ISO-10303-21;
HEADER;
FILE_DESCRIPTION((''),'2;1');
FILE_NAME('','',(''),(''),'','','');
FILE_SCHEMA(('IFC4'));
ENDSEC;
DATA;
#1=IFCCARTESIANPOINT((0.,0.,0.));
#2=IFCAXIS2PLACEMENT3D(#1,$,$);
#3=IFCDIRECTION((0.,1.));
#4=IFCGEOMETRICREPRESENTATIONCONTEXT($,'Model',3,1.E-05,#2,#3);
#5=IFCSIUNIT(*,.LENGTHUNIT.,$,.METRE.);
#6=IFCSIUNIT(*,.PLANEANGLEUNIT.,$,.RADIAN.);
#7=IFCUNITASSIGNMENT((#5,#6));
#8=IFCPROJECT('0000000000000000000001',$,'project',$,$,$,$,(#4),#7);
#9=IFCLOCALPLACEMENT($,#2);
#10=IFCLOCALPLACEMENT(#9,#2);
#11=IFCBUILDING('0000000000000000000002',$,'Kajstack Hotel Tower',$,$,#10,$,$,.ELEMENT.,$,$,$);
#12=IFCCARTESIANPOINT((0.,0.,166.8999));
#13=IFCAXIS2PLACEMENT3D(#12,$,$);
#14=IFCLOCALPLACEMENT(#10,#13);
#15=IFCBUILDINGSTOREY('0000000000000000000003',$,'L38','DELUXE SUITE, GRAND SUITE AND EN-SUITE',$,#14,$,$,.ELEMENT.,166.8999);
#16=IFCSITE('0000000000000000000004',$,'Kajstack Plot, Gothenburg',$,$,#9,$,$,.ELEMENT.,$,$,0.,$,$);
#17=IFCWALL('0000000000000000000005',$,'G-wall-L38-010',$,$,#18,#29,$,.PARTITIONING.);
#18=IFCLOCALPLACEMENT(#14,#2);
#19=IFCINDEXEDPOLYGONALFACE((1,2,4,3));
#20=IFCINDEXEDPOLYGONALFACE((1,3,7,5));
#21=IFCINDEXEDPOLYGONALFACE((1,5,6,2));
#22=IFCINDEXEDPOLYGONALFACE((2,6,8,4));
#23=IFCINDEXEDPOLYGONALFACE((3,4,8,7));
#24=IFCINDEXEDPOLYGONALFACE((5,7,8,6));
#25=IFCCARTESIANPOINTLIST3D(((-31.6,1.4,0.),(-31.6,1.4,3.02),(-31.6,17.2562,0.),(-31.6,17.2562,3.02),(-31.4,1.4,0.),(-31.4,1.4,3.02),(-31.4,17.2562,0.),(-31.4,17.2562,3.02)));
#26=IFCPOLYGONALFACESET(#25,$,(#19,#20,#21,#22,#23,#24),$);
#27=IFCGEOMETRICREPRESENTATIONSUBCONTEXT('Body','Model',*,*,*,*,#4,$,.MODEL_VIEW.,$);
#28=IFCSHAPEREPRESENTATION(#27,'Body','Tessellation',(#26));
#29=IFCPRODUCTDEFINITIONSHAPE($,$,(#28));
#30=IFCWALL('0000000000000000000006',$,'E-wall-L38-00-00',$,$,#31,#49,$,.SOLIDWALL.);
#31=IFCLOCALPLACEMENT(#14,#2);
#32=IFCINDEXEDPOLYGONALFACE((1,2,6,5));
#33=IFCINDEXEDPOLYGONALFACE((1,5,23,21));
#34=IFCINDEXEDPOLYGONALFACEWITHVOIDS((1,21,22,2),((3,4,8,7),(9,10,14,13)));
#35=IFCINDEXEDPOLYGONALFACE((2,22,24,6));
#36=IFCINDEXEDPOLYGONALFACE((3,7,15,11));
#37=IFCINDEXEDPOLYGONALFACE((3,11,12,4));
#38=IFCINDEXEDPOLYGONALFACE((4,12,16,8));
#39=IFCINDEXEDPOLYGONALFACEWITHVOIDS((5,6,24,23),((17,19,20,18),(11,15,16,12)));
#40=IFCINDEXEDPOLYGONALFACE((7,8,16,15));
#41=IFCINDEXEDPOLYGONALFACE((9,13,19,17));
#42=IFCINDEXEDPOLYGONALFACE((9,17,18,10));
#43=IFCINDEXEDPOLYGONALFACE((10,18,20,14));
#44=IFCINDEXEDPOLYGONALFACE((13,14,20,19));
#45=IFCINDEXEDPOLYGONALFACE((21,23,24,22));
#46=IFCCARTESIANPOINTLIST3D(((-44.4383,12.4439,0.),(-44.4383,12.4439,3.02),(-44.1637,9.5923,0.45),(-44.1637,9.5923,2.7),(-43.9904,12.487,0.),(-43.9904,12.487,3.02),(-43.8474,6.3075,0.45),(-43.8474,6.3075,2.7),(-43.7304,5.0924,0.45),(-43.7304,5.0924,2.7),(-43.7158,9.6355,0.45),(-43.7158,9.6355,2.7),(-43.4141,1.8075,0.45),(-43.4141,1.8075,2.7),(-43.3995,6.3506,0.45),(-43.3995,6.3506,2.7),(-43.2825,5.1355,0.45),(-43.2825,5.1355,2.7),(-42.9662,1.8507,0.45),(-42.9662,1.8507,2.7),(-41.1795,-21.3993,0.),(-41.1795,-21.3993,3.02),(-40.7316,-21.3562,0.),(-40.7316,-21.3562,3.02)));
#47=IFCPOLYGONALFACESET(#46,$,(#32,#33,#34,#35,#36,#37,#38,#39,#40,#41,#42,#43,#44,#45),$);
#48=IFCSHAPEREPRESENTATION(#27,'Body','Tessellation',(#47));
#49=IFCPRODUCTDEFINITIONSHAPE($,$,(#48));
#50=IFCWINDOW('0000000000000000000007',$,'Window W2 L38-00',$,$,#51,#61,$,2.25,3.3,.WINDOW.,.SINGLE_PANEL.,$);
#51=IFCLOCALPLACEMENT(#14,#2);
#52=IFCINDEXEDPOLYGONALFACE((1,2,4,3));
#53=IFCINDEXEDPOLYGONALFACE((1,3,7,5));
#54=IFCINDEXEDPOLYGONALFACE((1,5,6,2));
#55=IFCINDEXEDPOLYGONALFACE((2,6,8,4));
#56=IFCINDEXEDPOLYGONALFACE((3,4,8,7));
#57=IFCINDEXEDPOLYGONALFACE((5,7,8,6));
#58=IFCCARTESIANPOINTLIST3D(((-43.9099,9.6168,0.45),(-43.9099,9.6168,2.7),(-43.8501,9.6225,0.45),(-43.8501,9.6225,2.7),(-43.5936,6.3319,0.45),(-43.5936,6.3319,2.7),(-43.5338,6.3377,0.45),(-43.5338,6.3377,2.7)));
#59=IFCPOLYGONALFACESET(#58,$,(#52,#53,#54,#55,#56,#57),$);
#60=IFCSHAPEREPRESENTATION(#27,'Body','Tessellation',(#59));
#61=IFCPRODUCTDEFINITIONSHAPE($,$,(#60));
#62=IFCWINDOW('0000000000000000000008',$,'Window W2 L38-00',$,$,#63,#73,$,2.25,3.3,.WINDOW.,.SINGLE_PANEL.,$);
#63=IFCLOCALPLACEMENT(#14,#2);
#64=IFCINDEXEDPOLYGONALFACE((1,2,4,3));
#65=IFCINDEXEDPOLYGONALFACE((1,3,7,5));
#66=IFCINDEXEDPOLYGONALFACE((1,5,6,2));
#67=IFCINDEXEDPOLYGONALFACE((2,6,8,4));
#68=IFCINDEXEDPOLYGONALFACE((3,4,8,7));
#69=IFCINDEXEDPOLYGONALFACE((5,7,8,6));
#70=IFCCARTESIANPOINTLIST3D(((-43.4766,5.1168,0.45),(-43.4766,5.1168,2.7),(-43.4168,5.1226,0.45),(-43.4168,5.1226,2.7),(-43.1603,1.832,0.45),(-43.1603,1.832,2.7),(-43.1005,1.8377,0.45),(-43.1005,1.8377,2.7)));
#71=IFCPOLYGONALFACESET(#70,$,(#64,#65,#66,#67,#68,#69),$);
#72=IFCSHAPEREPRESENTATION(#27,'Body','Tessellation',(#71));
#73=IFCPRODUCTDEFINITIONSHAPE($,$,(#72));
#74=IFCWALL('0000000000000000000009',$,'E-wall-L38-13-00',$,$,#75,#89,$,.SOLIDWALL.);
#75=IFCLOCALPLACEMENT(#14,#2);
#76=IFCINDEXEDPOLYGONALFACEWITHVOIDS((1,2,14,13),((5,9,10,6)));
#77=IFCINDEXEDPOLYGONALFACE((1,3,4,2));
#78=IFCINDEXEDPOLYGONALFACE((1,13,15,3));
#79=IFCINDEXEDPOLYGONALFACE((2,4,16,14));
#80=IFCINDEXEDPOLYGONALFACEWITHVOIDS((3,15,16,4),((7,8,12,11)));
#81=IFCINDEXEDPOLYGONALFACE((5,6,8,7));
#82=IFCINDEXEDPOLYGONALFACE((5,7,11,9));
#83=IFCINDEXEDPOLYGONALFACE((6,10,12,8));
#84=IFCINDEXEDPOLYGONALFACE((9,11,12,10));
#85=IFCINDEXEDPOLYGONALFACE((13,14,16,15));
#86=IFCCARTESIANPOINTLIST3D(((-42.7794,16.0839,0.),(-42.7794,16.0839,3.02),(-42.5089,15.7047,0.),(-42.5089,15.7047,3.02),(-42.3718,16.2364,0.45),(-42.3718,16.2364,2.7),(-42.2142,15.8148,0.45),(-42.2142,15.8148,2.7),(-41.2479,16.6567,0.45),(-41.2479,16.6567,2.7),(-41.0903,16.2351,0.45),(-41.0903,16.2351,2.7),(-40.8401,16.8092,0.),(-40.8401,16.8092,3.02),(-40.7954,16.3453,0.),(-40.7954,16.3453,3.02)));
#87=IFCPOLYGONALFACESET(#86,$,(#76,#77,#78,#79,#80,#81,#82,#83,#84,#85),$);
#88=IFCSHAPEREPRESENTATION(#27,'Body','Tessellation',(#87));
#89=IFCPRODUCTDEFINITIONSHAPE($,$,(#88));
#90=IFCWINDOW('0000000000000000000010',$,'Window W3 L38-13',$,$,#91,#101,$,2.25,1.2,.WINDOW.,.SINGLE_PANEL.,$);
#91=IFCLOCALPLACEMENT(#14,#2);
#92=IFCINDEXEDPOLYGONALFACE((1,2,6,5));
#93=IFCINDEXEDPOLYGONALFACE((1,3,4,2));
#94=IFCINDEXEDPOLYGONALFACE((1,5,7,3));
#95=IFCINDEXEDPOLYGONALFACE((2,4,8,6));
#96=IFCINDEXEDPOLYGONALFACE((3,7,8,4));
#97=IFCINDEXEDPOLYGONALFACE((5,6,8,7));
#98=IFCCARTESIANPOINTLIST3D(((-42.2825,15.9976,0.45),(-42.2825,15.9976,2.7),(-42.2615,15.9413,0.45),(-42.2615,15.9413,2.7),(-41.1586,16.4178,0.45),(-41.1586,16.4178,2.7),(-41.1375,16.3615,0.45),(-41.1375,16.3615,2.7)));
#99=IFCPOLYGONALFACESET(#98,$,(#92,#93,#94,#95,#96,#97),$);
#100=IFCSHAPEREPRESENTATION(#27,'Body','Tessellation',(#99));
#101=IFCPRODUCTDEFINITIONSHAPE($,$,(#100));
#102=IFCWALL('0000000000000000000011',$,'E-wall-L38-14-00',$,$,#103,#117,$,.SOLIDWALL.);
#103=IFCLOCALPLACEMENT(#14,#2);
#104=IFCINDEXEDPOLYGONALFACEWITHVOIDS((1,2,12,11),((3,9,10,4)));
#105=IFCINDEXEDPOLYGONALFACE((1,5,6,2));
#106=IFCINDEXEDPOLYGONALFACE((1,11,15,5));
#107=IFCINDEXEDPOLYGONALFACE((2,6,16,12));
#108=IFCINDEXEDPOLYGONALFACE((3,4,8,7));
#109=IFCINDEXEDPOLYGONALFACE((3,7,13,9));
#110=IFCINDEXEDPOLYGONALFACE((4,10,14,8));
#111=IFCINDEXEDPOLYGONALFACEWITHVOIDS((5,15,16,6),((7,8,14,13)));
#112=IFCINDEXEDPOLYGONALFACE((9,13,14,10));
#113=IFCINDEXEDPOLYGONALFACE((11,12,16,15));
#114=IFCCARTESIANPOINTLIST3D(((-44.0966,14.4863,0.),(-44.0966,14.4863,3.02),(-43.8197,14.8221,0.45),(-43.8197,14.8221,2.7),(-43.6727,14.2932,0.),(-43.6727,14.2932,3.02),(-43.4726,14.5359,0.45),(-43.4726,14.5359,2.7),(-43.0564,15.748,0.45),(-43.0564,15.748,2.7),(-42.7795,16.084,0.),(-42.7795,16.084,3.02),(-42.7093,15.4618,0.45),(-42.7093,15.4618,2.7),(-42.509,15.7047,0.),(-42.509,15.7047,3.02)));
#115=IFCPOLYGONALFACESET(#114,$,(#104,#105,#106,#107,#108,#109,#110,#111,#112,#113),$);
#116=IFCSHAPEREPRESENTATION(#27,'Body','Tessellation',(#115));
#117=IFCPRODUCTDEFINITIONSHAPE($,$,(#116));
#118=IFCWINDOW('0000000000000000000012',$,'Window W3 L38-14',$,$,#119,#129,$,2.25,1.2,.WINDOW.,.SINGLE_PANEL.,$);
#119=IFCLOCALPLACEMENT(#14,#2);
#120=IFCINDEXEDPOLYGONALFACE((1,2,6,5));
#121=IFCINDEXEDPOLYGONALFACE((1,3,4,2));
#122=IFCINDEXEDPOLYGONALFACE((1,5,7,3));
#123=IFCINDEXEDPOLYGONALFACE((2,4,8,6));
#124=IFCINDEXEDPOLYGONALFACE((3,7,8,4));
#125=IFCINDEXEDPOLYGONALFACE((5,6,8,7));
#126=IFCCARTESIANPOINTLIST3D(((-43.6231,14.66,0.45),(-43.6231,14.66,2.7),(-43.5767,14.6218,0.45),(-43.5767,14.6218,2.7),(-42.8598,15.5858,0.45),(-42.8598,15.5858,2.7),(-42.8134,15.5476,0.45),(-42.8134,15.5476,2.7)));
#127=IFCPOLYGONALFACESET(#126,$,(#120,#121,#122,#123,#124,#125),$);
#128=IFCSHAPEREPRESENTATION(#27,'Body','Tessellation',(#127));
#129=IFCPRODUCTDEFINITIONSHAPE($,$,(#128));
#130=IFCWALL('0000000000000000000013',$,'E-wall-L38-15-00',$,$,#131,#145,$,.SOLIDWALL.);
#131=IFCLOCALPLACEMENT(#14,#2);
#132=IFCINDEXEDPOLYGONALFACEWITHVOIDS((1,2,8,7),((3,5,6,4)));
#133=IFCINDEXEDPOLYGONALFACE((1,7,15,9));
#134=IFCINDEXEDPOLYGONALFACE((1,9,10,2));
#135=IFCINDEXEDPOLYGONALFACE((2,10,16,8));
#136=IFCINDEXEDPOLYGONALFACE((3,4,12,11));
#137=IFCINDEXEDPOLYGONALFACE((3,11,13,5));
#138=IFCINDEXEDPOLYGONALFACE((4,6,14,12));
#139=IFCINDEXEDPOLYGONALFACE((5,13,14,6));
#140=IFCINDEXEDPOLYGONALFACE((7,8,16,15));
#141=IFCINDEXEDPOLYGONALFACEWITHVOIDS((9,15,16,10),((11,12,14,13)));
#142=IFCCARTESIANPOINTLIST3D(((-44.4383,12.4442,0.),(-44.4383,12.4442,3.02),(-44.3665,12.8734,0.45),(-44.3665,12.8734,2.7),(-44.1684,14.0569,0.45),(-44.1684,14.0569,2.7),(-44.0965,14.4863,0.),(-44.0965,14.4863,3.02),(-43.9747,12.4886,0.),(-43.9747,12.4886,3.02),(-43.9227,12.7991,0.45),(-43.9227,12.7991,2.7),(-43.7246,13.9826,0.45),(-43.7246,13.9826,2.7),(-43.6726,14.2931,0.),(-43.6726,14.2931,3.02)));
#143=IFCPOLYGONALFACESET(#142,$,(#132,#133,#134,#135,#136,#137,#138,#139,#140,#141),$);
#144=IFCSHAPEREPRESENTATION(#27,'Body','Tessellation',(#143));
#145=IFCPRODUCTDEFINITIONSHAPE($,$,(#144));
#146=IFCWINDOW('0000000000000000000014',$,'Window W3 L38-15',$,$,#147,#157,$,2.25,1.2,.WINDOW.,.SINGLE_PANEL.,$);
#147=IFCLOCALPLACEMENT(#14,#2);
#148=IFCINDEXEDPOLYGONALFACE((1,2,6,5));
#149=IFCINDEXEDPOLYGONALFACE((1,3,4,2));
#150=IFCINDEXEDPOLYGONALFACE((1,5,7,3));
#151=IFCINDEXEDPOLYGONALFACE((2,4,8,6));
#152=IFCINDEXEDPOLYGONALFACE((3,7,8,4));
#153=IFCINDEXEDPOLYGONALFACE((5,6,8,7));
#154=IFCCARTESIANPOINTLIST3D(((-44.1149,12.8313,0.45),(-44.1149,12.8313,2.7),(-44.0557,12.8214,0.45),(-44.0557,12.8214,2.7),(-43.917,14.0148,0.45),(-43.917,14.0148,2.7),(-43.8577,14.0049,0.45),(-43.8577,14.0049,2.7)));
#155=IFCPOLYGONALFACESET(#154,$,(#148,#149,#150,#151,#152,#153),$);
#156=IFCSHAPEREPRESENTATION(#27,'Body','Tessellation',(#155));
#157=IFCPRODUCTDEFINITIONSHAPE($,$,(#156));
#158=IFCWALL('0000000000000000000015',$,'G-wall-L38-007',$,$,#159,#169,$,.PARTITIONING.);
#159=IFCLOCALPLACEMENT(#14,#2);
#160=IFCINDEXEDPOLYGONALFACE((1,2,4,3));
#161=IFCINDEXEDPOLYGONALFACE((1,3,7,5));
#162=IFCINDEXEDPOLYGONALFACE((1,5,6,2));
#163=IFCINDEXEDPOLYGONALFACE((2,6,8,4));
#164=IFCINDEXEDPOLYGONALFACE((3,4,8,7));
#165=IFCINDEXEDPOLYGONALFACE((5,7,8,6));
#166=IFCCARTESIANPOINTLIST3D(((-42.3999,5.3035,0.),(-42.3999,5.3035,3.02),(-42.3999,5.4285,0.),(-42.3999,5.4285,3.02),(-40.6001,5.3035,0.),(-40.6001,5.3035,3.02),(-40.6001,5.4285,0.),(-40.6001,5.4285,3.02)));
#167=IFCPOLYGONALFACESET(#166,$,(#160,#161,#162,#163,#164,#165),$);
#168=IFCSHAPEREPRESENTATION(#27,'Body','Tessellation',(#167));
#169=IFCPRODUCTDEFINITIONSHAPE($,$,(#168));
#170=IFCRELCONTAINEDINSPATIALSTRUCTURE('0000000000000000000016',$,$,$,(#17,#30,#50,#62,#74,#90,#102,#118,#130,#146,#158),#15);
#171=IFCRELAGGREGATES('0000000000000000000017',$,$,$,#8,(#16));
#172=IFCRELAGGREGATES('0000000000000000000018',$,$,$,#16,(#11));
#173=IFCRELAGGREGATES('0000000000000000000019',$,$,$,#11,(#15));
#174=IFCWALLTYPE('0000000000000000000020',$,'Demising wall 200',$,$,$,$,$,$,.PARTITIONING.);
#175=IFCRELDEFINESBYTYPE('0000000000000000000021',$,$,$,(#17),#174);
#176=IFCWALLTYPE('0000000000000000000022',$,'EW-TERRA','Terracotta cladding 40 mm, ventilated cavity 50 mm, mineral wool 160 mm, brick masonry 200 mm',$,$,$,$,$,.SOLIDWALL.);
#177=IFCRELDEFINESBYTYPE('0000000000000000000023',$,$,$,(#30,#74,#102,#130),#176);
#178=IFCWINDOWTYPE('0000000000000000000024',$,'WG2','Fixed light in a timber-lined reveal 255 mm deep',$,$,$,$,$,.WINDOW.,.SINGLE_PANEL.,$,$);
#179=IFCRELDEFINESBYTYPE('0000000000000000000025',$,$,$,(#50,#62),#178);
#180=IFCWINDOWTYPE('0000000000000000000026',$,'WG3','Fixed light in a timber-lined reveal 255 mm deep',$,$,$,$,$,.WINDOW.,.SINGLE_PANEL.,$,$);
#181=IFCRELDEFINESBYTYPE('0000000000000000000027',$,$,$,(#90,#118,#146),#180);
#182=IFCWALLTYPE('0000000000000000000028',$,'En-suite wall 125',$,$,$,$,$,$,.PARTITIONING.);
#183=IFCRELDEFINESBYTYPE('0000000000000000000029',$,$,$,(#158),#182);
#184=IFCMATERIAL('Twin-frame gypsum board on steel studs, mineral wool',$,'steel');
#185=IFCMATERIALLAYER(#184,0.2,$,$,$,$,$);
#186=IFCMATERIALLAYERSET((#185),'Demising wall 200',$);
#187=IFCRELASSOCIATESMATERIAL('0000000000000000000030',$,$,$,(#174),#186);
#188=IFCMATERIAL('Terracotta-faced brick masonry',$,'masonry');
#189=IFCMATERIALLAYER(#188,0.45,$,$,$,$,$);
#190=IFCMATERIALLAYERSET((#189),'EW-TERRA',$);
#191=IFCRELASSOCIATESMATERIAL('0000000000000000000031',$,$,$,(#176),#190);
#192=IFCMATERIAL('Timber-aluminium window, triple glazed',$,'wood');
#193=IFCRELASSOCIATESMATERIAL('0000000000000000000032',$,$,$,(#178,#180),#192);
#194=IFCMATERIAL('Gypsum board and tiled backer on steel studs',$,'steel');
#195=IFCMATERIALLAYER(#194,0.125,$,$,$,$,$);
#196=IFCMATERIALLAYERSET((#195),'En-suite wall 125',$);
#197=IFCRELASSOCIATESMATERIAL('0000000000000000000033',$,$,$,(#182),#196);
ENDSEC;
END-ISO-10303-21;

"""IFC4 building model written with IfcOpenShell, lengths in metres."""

from ifc_helpers import new_model, si_unit, direction, frame, frame_2d, origin, place, context, subcontext, project, spatial, polyline, rectangle, outline, extrude, material, layer, layer_set, type_object, element, fill, save


model = new_model("IFC4")

# Units and contexts
model_context = context("Model", 3, precision=1e-05, world=origin(), true_north=direction((0.0, 1.0)))
body_context = subcontext(model_context, "Body", "Model", "MODEL_VIEW")
ifc_project = project(units=[si_unit("LENGTHUNIT", "METRE"), si_unit("PLANEANGLEUNIT", "RADIAN")], contexts=[model_context])

# Site, building, storey
site_placement = place(None, origin())
site = spatial("IfcSite", under=ifc_project, at=site_placement, Name="Kajstack Plot, Gothenburg", CompositionType="ELEMENT", RefElevation=0.0)
building_placement = place(site_placement, origin())
building = spatial("IfcBuilding", under=site, at=building_placement, Name="Kajstack Hotel Tower", CompositionType="ELEMENT")
storey_placement = place(building_placement, frame((0.0, 0.0, 166.8999)))
storey = spatial("IfcBuildingStorey", under=building, at=storey_placement, Name="L38", Description="DELUXE SUITE, GRAND SUITE AND EN-SUITE", CompositionType="ELEMENT", Elevation=166.8999)

# Wall
ifc_material_1 = material(Name="Twin-frame gypsum board on steel studs, mineral wool", Category="steel")
ifc_layer_1 = layer(ifc_material_1, 0.2)
ifc_layer_set_1 = layer_set([ifc_layer_1], Name="Demising wall 200")
wall_type_1 = type_object("IfcWallType", Name="Demising wall 200", PredefinedType="PARTITIONING", material=ifc_layer_set_1)
wall_1_placement = place(storey_placement, frame((-31.5, 1.3999, 0.0), z_axis=(0.0, 0.0, 1.0), x_axis=(0.0, 1.0, 0.0)))
element("IfcWall", 1, at=wall_1_placement, inside=storey, type_object=wall_type_1, Name="G-wall-L38-010", PredefinedType="PARTITIONING", context=body_context, shape_type="SweptSolid", body=[
    extrude(rectangle(XDim=15.8562, YDim=0.2, at=frame_2d((7.9282, 0.0))), origin(), (0.0, 0.0, 1.0), 3.02),
])

# Wall, openings, windows
ifc_material_2 = material(Name="Terracotta-faced brick masonry", Category="masonry")
ifc_layer_2 = layer(ifc_material_2, 0.45)
ifc_layer_set_2 = layer_set([ifc_layer_2], Name="EW-TERRA")
wall_type_2 = type_object("IfcWallType", Name="EW-TERRA", Description="Terracotta cladding 40 mm, ventilated cavity 50 mm, mineral wool 160 mm, brick masonry 200 mm", PredefinedType="SOLIDWALL", material=ifc_layer_set_2)
wall_2_placement = place(storey_placement, frame((-44.2144, 12.4656, 0.0), z_axis=(0.0, 0.0, 1.0), x_axis=(0.095847, -0.995396, 0.0)))
wall_2 = element("IfcWall", 2, at=wall_2_placement, inside=storey, type_object=wall_type_2, Name="E-wall-L38-00-00", PredefinedType="SOLIDWALL", context=body_context, shape_type="SweptSolid", body=[
    extrude(rectangle(XDim=33.9998, YDim=0.45, at=frame_2d((17.0, 0.0))), origin(), (0.0, 0.0, 1.0), 3.02),
])
opening_1_placement = place(wall_2_placement, frame((2.865, 0.0, 0.45)))
opening_1 = element("IfcOpeningElement", 3, at=opening_1_placement, cuts=wall_2, PredefinedType="OPENING", context=body_context, shape_type="SweptSolid", body=[
    extrude(rectangle(XDim=3.3, YDim=2.25, at=frame_2d((1.6499, 1.125))), frame((0.0, 0.2349, 0.0), z_axis=(0.0, -1.0, 0.0), x_axis=(1.0, 0.0, 0.0)), (0.0, 0.0, 1.0), 0.47),
])
opening_2_placement = place(wall_2_placement, frame((7.3857, 0.0, 0.45)))
opening_2 = element("IfcOpeningElement", 4, at=opening_2_placement, cuts=wall_2, PredefinedType="OPENING", context=body_context, shape_type="SweptSolid", body=[
    extrude(rectangle(XDim=3.3, YDim=2.25, at=frame_2d((1.6499, 1.125))), frame((0.0, 0.2349, 0.0), z_axis=(0.0, -1.0, 0.0), x_axis=(1.0, 0.0, 0.0)), (0.0, 0.0, 1.0), 0.47),
])
ifc_material_3 = material(Name="Timber-aluminium window, triple glazed", Category="wood")
window_type_1 = type_object("IfcWindowType", Name="WG2", Description="Fixed light in a timber-lined reveal 255 mm deep", PartitioningType="SINGLE_PANEL", PredefinedType="WINDOW", material=ifc_material_3)
window_1_placement = place(opening_1_placement, origin())
window_1 = element("IfcWindow", 5, at=window_1_placement, inside=storey, type_object=window_type_1, Name="Window W2 L38-00", OverallHeight=2.25, OverallWidth=3.3, PartitioningType="SINGLE_PANEL", PredefinedType="WINDOW", context=body_context, shape_type="SweptSolid", body=[
    extrude(rectangle(XDim=3.3, YDim=2.25, at=frame_2d((1.6499, 1.125))), frame((0.0, 0.0901, 0.0), z_axis=(0.0, -1.0, 0.0), x_axis=(1.0, 0.0, 0.0)), (0.0, 0.0, 1.0), 0.0601),
])
fill(opening_1, window_1)
window_2_placement = place(opening_2_placement, origin())
window_2 = element("IfcWindow", 6, at=window_2_placement, inside=storey, type_object=window_type_1, Name="Window W2 L38-00", OverallHeight=2.25, OverallWidth=3.3, PartitioningType="SINGLE_PANEL", PredefinedType="WINDOW", context=body_context, shape_type="SweptSolid", body=[
    extrude(rectangle(XDim=3.3, YDim=2.25, at=frame_2d((1.6499, 1.125))), frame((0.0, 0.0901, 0.0), z_axis=(0.0, -1.0, 0.0), x_axis=(1.0, 0.0, 0.0)), (0.0, 0.0, 1.0), 0.0601),
])
fill(opening_2, window_2)

# Walls, openings, windows
wall_3_placement = place(storey_placement, frame((-40.7612, 16.5984, 0.0), z_axis=(0.0, 0.0, 1.0), x_axis=(-0.936678, -0.350193, 0.0)))
wall_3 = element("IfcWall", 7, at=wall_3_placement, inside=storey, type_object=wall_type_2, Name="E-wall-L38-13-00", PredefinedType="SOLIDWALL", context=body_context, shape_type="SweptSolid", body=[
    extrude(outline(polyline([(0.0, -0.2251), (2.0706, -0.2249), (1.95, 0.2251), (0.1206, 0.2251), (0.0, -0.2251)])), origin(), (0.0, 0.0, 1.0), 3.02),
])
opening_3_placement = place(wall_3_placement, frame((0.4353, 0.0, 0.45)))
opening_3 = element("IfcOpeningElement", 8, at=opening_3_placement, cuts=wall_3, PredefinedType="OPENING", context=body_context, shape_type="SweptSolid", body=[
    extrude(rectangle(XDim=1.2, YDim=2.25, at=frame_2d((0.6001, 1.125))), frame((0.0, 0.2349, 0.0), z_axis=(0.0, -1.0, 0.0), x_axis=(1.0, 0.0, 0.0)), (0.0, 0.0, 1.0), 0.47),
])
window_type_2 = type_object("IfcWindowType", Name="WG3", Description="Fixed light in a timber-lined reveal 255 mm deep", PartitioningType="SINGLE_PANEL", PredefinedType="WINDOW", material=ifc_material_3)
window_3_placement = place(opening_3_placement, origin())
window_3 = element("IfcWindow", 9, at=window_3_placement, inside=storey, type_object=window_type_2, Name="Window W3 L38-13", OverallHeight=2.25, OverallWidth=1.2, PartitioningType="SINGLE_PANEL", PredefinedType="WINDOW", context=body_context, shape_type="SweptSolid", body=[
    extrude(rectangle(XDim=1.2, YDim=2.25, at=frame_2d((0.6001, 1.125))), frame((0.0, 0.0901, 0.0), z_axis=(0.0, -1.0, 0.0), x_axis=(1.0, 0.0, 0.0)), (0.0, 0.0, 1.0), 0.0601),
])
fill(opening_3, window_3)
wall_4_placement = place(storey_placement, frame((-42.606, 15.9409, 0.0), z_axis=(0.0, 0.0, 1.0), x_axis=(-0.636116, -0.771593, 0.0)))
wall_4 = element("IfcWall", 10, at=wall_4_placement, inside=storey, type_object=wall_type_2, Name="E-wall-L38-14-00", PredefinedType="SOLIDWALL", context=body_context, shape_type="SweptSolid", body=[
    extrude(outline(polyline([(0.0, -0.2249), (2.0706, -0.2249), (1.95, 0.2251), (0.1206, 0.2251), (0.0, -0.2249)])), origin(), (0.0, 0.0, 1.0), 3.02),
])
opening_4_placement = place(wall_4_placement, frame((0.4353, 0.0, 0.45)))
opening_4 = element("IfcOpeningElement", 11, at=opening_4_placement, cuts=wall_4, PredefinedType="OPENING", context=body_context, shape_type="SweptSolid", body=[
    extrude(rectangle(XDim=1.2, YDim=2.25, at=frame_2d((0.6001, 1.125))), frame((0.0, 0.2349, 0.0), z_axis=(0.0, -1.0, 0.0), x_axis=(1.0, 0.0, 0.0)), (0.0, 0.0, 1.0), 0.47),
])
window_4_placement = place(opening_4_placement, origin())
window_4 = element("IfcWindow", 12, at=window_4_placement, inside=storey, type_object=window_type_2, Name="Window W3 L38-14", OverallHeight=2.25, OverallWidth=1.2, PartitioningType="SINGLE_PANEL", PredefinedType="WINDOW", context=body_context, shape_type="SweptSolid", body=[
    extrude(rectangle(XDim=1.2, YDim=2.25, at=frame_2d((0.6001, 1.125))), frame((0.0, 0.0901, 0.0), z_axis=(0.0, -1.0, 0.0), x_axis=(1.0, 0.0, 0.0)), (0.0, 0.0, 1.0), 0.0601),
])
fill(opening_4, window_4)
wall_5_placement = place(storey_placement, frame((-43.8748, 14.4492, 0.0), z_axis=(0.0, 0.0, 1.0), x_axis=(-0.164953, -0.986301, 0.0)))
wall_5 = element("IfcWall", 13, at=wall_5_placement, inside=storey, type_object=wall_type_2, Name="E-wall-L38-15-00", PredefinedType="SOLIDWALL", context=body_context, shape_type="SweptSolid", body=[
    extrude(outline(polyline([(0.0, -0.2249), (2.0706, -0.2251), (1.9502, 0.2249), (0.1206, 0.2251), (0.0, -0.2249)])), origin(), (0.0, 0.0, 1.0), 3.02),
])
opening_5_placement = place(wall_5_placement, frame((0.4353, 0.0, 0.45)))
opening_5 = element("IfcOpeningElement", 14, at=opening_5_placement, cuts=wall_5, PredefinedType="OPENING", context=body_context, shape_type="SweptSolid", body=[
    extrude(rectangle(XDim=1.2, YDim=2.25, at=frame_2d((0.6001, 1.125))), frame((0.0, 0.2349, 0.0), z_axis=(0.0, -1.0, 0.0), x_axis=(1.0, 0.0, 0.0)), (0.0, 0.0, 1.0), 0.47),
])
window_5_placement = place(opening_5_placement, origin())
window_5 = element("IfcWindow", 15, at=window_5_placement, inside=storey, type_object=window_type_2, Name="Window W3 L38-15", OverallHeight=2.25, OverallWidth=1.2, PartitioningType="SINGLE_PANEL", PredefinedType="WINDOW", context=body_context, shape_type="SweptSolid", body=[
    extrude(rectangle(XDim=1.2, YDim=2.25, at=frame_2d((0.6001, 1.125))), frame((0.0, 0.0901, 0.0), z_axis=(0.0, -1.0, 0.0), x_axis=(1.0, 0.0, 0.0)), (0.0, 0.0, 1.0), 0.0601),
])
fill(opening_5, window_5)

# Wall
ifc_material_4 = material(Name="Gypsum board and tiled backer on steel studs", Category="steel")
ifc_layer_3 = layer(ifc_material_4, 0.125)
ifc_layer_set_3 = layer_set([ifc_layer_3], Name="En-suite wall 125")
wall_type_3 = type_object("IfcWallType", Name="En-suite wall 125", PredefinedType="PARTITIONING", material=ifc_layer_set_3)
wall_6_placement = place(storey_placement, frame((-42.3999, 5.366, 0.0), z_axis=(0.0, 0.0, 1.0), x_axis=(1.0, 0.0, 0.0)))
element("IfcWall", 16, at=wall_6_placement, inside=storey, type_object=wall_type_3, Name="G-wall-L38-007", PredefinedType="PARTITIONING", context=body_context, shape_type="SweptSolid", body=[
    extrude(rectangle(XDim=1.7998, YDim=0.125, at=frame_2d((0.8999, 0.0))), origin(), (0.0, 0.0, 1.0), 3.02),
])

save(model, "model.ifc")
